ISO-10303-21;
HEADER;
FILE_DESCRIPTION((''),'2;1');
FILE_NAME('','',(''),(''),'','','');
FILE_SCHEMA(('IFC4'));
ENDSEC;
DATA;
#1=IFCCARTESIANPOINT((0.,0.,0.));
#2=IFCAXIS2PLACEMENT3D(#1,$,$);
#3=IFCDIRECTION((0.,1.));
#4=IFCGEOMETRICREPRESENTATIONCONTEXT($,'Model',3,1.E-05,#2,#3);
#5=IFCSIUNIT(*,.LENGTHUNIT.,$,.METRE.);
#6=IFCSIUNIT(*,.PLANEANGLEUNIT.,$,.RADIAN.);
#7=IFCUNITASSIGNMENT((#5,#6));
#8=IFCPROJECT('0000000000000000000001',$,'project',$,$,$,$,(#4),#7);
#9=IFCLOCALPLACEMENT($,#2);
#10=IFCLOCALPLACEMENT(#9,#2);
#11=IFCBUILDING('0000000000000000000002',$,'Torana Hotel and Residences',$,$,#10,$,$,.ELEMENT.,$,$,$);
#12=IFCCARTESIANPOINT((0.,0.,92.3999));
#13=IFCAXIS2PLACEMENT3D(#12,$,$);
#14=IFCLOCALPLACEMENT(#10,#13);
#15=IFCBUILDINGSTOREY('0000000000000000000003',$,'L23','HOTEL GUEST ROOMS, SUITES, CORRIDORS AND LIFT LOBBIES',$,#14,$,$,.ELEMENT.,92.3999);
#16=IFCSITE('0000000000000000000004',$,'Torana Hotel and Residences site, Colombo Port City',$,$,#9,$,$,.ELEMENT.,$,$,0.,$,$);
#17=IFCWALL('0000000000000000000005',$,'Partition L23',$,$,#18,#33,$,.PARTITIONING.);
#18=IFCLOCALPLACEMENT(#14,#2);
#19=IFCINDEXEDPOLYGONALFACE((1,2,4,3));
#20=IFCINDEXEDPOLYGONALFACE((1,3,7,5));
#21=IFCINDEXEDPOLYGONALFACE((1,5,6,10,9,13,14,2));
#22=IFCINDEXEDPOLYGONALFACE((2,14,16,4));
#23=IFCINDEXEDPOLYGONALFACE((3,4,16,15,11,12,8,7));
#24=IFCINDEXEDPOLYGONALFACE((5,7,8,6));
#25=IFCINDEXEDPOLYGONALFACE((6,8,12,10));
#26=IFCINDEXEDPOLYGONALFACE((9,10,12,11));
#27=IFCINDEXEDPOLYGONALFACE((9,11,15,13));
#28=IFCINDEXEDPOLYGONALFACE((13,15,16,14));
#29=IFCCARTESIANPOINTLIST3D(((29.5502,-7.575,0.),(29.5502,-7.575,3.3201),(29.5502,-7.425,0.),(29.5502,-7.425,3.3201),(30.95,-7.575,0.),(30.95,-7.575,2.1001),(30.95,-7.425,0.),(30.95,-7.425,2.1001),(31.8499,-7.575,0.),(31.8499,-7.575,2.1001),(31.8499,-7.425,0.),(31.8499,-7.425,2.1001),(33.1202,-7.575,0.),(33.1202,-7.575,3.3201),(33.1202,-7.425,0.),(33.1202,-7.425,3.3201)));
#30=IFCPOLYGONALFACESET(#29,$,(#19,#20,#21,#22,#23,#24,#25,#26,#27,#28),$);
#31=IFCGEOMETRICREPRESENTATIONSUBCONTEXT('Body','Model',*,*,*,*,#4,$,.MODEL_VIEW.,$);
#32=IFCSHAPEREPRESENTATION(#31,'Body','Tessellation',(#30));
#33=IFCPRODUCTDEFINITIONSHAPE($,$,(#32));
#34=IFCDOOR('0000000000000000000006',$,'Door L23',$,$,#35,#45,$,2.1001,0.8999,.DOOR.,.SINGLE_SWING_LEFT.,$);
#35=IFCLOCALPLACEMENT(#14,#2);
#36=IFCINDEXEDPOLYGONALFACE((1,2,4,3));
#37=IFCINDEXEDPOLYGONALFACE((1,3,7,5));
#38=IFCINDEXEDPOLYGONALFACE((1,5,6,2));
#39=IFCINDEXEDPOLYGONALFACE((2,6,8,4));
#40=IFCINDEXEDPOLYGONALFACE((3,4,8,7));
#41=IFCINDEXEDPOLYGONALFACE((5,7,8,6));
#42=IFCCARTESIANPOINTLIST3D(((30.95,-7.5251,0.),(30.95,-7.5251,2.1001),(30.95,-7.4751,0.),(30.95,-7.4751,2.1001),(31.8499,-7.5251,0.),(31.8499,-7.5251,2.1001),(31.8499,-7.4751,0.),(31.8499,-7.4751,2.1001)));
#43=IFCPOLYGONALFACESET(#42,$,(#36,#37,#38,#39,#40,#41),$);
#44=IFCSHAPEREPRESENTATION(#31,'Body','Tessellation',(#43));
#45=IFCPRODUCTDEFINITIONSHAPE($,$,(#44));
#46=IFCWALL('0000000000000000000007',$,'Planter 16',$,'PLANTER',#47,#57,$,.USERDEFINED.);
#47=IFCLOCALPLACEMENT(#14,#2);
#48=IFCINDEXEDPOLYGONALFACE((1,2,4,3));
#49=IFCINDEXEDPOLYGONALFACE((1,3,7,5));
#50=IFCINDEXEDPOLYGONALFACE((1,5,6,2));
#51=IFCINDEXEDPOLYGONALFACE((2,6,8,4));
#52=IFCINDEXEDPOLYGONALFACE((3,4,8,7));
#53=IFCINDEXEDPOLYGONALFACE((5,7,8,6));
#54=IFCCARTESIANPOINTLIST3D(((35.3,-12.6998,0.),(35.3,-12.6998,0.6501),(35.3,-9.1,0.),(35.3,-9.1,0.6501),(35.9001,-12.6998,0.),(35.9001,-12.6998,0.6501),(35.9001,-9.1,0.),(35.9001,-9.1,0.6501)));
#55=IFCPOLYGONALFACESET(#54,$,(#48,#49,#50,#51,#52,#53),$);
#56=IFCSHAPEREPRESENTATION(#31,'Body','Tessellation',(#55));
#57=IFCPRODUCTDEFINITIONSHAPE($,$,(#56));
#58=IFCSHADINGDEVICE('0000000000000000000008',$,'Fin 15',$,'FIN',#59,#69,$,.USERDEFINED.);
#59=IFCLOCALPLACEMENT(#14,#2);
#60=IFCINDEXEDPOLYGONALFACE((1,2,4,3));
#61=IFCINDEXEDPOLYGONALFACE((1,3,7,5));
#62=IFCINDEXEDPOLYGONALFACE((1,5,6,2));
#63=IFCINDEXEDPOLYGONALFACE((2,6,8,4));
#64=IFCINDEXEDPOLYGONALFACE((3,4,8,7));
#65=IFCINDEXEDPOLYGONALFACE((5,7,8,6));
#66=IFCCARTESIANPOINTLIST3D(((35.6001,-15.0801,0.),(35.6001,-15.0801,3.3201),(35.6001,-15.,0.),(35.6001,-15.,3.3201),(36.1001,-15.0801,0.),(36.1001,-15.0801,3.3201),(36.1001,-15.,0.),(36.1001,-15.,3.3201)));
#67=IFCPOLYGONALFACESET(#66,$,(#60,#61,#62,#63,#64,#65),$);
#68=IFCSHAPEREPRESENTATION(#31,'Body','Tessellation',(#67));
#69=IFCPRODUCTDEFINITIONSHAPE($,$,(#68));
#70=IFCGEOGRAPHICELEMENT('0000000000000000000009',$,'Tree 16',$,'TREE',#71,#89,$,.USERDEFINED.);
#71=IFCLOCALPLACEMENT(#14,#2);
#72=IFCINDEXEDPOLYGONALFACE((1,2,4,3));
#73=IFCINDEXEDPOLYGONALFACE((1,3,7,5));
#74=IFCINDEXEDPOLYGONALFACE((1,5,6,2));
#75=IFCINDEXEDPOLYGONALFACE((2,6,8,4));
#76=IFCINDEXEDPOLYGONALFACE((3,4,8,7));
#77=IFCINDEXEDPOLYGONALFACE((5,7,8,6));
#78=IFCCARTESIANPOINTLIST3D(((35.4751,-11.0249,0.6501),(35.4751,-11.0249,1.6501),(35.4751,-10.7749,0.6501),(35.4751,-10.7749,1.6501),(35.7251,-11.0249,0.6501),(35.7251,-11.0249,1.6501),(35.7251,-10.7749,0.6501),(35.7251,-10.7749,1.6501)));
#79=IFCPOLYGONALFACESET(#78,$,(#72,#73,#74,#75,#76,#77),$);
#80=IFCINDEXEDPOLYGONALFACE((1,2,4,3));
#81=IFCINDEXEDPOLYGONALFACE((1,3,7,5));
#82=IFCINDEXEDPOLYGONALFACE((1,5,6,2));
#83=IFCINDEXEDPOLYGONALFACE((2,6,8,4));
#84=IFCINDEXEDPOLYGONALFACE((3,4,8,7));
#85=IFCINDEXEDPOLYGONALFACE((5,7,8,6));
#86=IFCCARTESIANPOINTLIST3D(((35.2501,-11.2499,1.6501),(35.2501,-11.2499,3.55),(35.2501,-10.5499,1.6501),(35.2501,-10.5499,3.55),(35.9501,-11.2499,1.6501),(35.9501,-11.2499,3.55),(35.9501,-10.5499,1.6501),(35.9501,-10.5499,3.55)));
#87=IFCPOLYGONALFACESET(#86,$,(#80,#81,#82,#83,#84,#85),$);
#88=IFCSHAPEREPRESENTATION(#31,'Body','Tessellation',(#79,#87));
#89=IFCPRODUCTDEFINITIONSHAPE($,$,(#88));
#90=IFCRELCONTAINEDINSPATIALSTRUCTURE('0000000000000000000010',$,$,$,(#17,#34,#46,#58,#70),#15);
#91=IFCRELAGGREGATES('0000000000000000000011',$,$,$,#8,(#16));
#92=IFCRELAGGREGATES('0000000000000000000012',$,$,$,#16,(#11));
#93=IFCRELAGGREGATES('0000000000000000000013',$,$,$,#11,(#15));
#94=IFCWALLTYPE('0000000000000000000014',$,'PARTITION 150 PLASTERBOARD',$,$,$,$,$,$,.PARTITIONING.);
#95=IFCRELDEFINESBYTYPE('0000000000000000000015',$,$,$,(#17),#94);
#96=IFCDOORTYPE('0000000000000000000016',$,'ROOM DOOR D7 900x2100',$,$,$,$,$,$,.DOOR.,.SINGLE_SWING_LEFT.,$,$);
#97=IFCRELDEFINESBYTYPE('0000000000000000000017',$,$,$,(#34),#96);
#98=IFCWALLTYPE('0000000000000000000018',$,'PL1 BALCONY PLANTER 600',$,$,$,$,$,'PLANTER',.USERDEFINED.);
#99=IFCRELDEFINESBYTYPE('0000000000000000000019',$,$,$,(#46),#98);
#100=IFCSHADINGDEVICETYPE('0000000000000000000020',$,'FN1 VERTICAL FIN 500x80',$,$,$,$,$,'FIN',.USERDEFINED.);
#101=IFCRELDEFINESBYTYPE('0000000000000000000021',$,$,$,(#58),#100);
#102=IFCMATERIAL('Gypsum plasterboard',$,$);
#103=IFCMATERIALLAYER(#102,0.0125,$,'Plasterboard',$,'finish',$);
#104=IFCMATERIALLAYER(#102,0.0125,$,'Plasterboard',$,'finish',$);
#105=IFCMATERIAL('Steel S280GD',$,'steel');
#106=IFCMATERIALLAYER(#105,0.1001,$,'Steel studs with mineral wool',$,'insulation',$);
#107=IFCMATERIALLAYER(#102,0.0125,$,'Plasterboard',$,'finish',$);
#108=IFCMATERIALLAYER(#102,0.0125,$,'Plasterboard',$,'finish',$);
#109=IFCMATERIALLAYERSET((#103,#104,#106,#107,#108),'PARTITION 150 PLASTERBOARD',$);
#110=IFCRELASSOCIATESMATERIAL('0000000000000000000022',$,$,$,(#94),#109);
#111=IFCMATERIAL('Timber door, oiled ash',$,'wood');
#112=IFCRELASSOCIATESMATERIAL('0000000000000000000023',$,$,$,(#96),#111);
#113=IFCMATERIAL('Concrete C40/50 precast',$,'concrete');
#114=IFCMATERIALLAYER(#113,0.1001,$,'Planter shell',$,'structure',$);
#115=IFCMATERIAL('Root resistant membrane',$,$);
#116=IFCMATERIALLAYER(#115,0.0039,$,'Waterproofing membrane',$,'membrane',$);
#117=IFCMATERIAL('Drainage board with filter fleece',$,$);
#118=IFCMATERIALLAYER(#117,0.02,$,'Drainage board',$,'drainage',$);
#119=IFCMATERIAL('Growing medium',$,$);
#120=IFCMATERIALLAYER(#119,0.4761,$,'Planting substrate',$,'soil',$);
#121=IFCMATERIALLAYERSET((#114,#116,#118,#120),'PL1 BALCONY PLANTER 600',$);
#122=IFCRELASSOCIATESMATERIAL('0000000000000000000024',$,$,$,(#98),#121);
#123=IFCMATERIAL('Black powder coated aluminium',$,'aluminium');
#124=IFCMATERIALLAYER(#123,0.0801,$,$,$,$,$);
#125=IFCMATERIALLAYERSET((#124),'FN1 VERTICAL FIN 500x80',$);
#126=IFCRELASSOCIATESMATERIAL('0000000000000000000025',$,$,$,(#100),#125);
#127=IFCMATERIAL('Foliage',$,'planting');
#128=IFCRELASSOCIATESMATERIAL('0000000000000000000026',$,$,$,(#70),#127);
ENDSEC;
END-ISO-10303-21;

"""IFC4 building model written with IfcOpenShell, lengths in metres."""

from ifc_helpers import new_model, si_unit, direction, frame, frame_2d, origin, origin_2d, place, context, subcontext, project, spatial, rectangle, extrude, material, layer, layer_set, type_object, element, fill, save


model = new_model("IFC4")

# Units and contexts
model_context = context("Model", 3, precision=1e-05, world=origin(), true_north=direction((0.0, 1.0)))
body_context = subcontext(model_context, "Body", "Model", "MODEL_VIEW")
ifc_project = project(units=[si_unit("LENGTHUNIT", "METRE"), si_unit("PLANEANGLEUNIT", "RADIAN")], contexts=[model_context])

# Site, building, storey
site_placement = place(None, origin())
site = spatial("IfcSite", under=ifc_project, at=site_placement, Name="Torana Hotel and Residences site, Colombo Port City", CompositionType="ELEMENT", RefElevation=0.0)
building_placement = place(site_placement, origin())
building = spatial("IfcBuilding", under=site, at=building_placement, Name="Torana Hotel and Residences", CompositionType="ELEMENT")
storey_placement = place(building_placement, frame((0.0, 0.0, 92.3999)))
storey = spatial("IfcBuildingStorey", under=building, at=storey_placement, Name="L23", Description="HOTEL GUEST ROOMS, SUITES, CORRIDORS AND LIFT LOBBIES", CompositionType="ELEMENT", Elevation=92.3999)

# Shared definitions
ifc_material_1 = material(Name="Steel S280GD", Category="steel")

# Shared definitions
ifc_material_2 = material(Name="Concrete C40/50 precast", Category="concrete")

# Shared definitions
ifc_material_3 = material(Name="Gypsum plasterboard")
ifc_layer_1 = layer(ifc_material_3, 0.0125, Name="Plasterboard", Category="finish")
ifc_layer_2 = layer(ifc_material_3, 0.0125, Name="Plasterboard", Category="finish")
ifc_layer_3 = layer(ifc_material_1, 0.1001, Name="Steel studs with mineral wool", Category="insulation")
ifc_layer_4 = layer(ifc_material_3, 0.0125, Name="Plasterboard", Category="finish")
ifc_layer_5 = layer(ifc_material_3, 0.0125, Name="Plasterboard", Category="finish")
ifc_layer_set_1 = layer_set([ifc_layer_1, ifc_layer_2, ifc_layer_3, ifc_layer_4, ifc_layer_5], Name="PARTITION 150 PLASTERBOARD")
wall_type_1 = type_object("IfcWallType", Name="PARTITION 150 PLASTERBOARD", PredefinedType="PARTITIONING", material=ifc_layer_set_1)

# Wall, opening, door
wall_1_placement = place(storey_placement, frame((29.55, -7.5, 0.0), z_axis=(0.0, 0.0, 1.0), x_axis=(1.0, 0.0, 0.0)))
wall_1 = element("IfcWall", 1, at=wall_1_placement, inside=storey, type_object=wall_type_1, Name="Partition L23", PredefinedType="PARTITIONING", context=body_context, shape_type="SweptSolid", body=[
    extrude(rectangle(XDim=3.5701, YDim=0.1499, at=frame_2d((1.7852, 0.0))), origin(), (0.0, 0.0, 1.0), 3.3201),
])
opening_1_placement = place(wall_1_placement, frame((1.3999, 0.0, 0.0)))
opening_1 = element("IfcOpeningElement", 2, at=opening_1_placement, cuts=wall_1, PredefinedType="OPENING", context=body_context, shape_type="SweptSolid", body=[
    extrude(rectangle(XDim=0.8999, YDim=2.1001, at=frame_2d((0.45, 1.05))), frame((0.0, 0.085, 0.0), z_axis=(0.0, -1.0, 0.0), x_axis=(1.0, 0.0, 0.0)), (0.0, 0.0, 1.0), 0.1699),
])
ifc_material_4 = material(Name="Timber door, oiled ash", Category="wood")
door_type_1 = type_object("IfcDoorType", Name="ROOM DOOR D7 900x2100", OperationType="SINGLE_SWING_LEFT", PredefinedType="DOOR", material=ifc_material_4)
door_1_placement = place(opening_1_placement, origin())
door_1 = element("IfcDoor", 3, at=door_1_placement, inside=storey, type_object=door_type_1, Name="Door L23", OperationType="SINGLE_SWING_LEFT", OverallHeight=2.1001, OverallWidth=0.8999, PredefinedType="DOOR", context=body_context, shape_type="SweptSolid", body=[
    extrude(rectangle(XDim=0.8999, YDim=2.1001, at=frame_2d((0.45, 1.05))), frame((0.0, 0.0249, 0.0), z_axis=(0.0, -1.0, 0.0), x_axis=(1.0, 0.0, 0.0)), (0.0, 0.0, 1.0), 0.05),
])
fill(opening_1, door_1)

# Wall
ifc_layer_6 = layer(ifc_material_2, 0.1001, Name="Planter shell", Category="structure")
ifc_material_5 = material(Name="Root resistant membrane")
ifc_layer_7 = layer(ifc_material_5, 0.0039, Name="Waterproofing membrane", Category="membrane")
ifc_material_6 = material(Name="Drainage board with filter fleece")
ifc_layer_8 = layer(ifc_material_6, 0.02, Name="Drainage board", Category="drainage")
ifc_material_7 = material(Name="Growing medium")
ifc_layer_9 = layer(ifc_material_7, 0.4761, Name="Planting substrate", Category="soil")
ifc_layer_set_2 = layer_set([ifc_layer_6, ifc_layer_7, ifc_layer_8, ifc_layer_9], Name="PL1 BALCONY PLANTER 600")
wall_type_2 = type_object("IfcWallType", Name="PL1 BALCONY PLANTER 600", ElementType="PLANTER", PredefinedType="USERDEFINED", material=ifc_layer_set_2)
wall_2_placement = place(storey_placement, frame((35.6001, -9.1001, 0.0), z_axis=(0.0, 0.0, 1.0), x_axis=(0.0, -1.0, 0.0)))
element("IfcWall", 4, at=wall_2_placement, inside=storey, type_object=wall_type_2, Name="Planter 16", ObjectType="PLANTER", PredefinedType="USERDEFINED", context=body_context, shape_type="SweptSolid", body=[
    extrude(rectangle(XDim=3.5999, YDim=0.6001, at=frame_2d((1.7998, 0.0))), origin(), (0.0, 0.0, 1.0), 0.6501),
])

# Shading device
ifc_material_8 = material(Name="Black powder coated aluminium", Category="aluminium")
ifc_layer_10 = layer(ifc_material_8, 0.0801)
ifc_layer_set_3 = layer_set([ifc_layer_10], Name="FN1 VERTICAL FIN 500x80")
shading_device_type = type_object("IfcShadingDeviceType", Name="FN1 VERTICAL FIN 500x80", ElementType="FIN", PredefinedType="USERDEFINED", material=ifc_layer_set_3)
shading_device_placement = place(storey_placement, frame((35.8501, -15.04, 0.0), z_axis=(0.0, 0.0, 1.0), x_axis=(0.0, -1.0, 0.0)))
element("IfcShadingDevice", 5, at=shading_device_placement, inside=storey, type_object=shading_device_type, Name="Fin 15", ObjectType="FIN", PredefinedType="USERDEFINED", context=body_context, shape_type="SweptSolid", body=[
    extrude(rectangle(XDim=0.0801, YDim=0.5, at=origin_2d()), origin(), (0.0, 0.0, 1.0), 3.3201),
])

# Geographic element
ifc_material_9 = material(Name="Foliage", Category="planting")
geographic_element_placement = place(storey_placement, frame((35.6001, -10.8999, 0.6501), z_axis=(0.0, 0.0, 1.0), x_axis=(1.0, 0.0, 0.0)))
element("IfcGeographicElement", 6, at=geographic_element_placement, inside=storey, material=ifc_material_9, Name="Tree 16", ObjectType="TREE", PredefinedType="USERDEFINED", context=body_context, shape_type="SweptSolid", body=[
    extrude(rectangle(XDim=0.25, YDim=0.25, at=origin_2d()), origin(), (0.0, 0.0, 1.0), 1.0),
    extrude(rectangle(XDim=0.7, YDim=0.7, at=origin_2d()), frame((0.0, 0.0, 1.0)), (0.0, 0.0, 1.0), 1.8999),
])

save(model, "model.ifc")
